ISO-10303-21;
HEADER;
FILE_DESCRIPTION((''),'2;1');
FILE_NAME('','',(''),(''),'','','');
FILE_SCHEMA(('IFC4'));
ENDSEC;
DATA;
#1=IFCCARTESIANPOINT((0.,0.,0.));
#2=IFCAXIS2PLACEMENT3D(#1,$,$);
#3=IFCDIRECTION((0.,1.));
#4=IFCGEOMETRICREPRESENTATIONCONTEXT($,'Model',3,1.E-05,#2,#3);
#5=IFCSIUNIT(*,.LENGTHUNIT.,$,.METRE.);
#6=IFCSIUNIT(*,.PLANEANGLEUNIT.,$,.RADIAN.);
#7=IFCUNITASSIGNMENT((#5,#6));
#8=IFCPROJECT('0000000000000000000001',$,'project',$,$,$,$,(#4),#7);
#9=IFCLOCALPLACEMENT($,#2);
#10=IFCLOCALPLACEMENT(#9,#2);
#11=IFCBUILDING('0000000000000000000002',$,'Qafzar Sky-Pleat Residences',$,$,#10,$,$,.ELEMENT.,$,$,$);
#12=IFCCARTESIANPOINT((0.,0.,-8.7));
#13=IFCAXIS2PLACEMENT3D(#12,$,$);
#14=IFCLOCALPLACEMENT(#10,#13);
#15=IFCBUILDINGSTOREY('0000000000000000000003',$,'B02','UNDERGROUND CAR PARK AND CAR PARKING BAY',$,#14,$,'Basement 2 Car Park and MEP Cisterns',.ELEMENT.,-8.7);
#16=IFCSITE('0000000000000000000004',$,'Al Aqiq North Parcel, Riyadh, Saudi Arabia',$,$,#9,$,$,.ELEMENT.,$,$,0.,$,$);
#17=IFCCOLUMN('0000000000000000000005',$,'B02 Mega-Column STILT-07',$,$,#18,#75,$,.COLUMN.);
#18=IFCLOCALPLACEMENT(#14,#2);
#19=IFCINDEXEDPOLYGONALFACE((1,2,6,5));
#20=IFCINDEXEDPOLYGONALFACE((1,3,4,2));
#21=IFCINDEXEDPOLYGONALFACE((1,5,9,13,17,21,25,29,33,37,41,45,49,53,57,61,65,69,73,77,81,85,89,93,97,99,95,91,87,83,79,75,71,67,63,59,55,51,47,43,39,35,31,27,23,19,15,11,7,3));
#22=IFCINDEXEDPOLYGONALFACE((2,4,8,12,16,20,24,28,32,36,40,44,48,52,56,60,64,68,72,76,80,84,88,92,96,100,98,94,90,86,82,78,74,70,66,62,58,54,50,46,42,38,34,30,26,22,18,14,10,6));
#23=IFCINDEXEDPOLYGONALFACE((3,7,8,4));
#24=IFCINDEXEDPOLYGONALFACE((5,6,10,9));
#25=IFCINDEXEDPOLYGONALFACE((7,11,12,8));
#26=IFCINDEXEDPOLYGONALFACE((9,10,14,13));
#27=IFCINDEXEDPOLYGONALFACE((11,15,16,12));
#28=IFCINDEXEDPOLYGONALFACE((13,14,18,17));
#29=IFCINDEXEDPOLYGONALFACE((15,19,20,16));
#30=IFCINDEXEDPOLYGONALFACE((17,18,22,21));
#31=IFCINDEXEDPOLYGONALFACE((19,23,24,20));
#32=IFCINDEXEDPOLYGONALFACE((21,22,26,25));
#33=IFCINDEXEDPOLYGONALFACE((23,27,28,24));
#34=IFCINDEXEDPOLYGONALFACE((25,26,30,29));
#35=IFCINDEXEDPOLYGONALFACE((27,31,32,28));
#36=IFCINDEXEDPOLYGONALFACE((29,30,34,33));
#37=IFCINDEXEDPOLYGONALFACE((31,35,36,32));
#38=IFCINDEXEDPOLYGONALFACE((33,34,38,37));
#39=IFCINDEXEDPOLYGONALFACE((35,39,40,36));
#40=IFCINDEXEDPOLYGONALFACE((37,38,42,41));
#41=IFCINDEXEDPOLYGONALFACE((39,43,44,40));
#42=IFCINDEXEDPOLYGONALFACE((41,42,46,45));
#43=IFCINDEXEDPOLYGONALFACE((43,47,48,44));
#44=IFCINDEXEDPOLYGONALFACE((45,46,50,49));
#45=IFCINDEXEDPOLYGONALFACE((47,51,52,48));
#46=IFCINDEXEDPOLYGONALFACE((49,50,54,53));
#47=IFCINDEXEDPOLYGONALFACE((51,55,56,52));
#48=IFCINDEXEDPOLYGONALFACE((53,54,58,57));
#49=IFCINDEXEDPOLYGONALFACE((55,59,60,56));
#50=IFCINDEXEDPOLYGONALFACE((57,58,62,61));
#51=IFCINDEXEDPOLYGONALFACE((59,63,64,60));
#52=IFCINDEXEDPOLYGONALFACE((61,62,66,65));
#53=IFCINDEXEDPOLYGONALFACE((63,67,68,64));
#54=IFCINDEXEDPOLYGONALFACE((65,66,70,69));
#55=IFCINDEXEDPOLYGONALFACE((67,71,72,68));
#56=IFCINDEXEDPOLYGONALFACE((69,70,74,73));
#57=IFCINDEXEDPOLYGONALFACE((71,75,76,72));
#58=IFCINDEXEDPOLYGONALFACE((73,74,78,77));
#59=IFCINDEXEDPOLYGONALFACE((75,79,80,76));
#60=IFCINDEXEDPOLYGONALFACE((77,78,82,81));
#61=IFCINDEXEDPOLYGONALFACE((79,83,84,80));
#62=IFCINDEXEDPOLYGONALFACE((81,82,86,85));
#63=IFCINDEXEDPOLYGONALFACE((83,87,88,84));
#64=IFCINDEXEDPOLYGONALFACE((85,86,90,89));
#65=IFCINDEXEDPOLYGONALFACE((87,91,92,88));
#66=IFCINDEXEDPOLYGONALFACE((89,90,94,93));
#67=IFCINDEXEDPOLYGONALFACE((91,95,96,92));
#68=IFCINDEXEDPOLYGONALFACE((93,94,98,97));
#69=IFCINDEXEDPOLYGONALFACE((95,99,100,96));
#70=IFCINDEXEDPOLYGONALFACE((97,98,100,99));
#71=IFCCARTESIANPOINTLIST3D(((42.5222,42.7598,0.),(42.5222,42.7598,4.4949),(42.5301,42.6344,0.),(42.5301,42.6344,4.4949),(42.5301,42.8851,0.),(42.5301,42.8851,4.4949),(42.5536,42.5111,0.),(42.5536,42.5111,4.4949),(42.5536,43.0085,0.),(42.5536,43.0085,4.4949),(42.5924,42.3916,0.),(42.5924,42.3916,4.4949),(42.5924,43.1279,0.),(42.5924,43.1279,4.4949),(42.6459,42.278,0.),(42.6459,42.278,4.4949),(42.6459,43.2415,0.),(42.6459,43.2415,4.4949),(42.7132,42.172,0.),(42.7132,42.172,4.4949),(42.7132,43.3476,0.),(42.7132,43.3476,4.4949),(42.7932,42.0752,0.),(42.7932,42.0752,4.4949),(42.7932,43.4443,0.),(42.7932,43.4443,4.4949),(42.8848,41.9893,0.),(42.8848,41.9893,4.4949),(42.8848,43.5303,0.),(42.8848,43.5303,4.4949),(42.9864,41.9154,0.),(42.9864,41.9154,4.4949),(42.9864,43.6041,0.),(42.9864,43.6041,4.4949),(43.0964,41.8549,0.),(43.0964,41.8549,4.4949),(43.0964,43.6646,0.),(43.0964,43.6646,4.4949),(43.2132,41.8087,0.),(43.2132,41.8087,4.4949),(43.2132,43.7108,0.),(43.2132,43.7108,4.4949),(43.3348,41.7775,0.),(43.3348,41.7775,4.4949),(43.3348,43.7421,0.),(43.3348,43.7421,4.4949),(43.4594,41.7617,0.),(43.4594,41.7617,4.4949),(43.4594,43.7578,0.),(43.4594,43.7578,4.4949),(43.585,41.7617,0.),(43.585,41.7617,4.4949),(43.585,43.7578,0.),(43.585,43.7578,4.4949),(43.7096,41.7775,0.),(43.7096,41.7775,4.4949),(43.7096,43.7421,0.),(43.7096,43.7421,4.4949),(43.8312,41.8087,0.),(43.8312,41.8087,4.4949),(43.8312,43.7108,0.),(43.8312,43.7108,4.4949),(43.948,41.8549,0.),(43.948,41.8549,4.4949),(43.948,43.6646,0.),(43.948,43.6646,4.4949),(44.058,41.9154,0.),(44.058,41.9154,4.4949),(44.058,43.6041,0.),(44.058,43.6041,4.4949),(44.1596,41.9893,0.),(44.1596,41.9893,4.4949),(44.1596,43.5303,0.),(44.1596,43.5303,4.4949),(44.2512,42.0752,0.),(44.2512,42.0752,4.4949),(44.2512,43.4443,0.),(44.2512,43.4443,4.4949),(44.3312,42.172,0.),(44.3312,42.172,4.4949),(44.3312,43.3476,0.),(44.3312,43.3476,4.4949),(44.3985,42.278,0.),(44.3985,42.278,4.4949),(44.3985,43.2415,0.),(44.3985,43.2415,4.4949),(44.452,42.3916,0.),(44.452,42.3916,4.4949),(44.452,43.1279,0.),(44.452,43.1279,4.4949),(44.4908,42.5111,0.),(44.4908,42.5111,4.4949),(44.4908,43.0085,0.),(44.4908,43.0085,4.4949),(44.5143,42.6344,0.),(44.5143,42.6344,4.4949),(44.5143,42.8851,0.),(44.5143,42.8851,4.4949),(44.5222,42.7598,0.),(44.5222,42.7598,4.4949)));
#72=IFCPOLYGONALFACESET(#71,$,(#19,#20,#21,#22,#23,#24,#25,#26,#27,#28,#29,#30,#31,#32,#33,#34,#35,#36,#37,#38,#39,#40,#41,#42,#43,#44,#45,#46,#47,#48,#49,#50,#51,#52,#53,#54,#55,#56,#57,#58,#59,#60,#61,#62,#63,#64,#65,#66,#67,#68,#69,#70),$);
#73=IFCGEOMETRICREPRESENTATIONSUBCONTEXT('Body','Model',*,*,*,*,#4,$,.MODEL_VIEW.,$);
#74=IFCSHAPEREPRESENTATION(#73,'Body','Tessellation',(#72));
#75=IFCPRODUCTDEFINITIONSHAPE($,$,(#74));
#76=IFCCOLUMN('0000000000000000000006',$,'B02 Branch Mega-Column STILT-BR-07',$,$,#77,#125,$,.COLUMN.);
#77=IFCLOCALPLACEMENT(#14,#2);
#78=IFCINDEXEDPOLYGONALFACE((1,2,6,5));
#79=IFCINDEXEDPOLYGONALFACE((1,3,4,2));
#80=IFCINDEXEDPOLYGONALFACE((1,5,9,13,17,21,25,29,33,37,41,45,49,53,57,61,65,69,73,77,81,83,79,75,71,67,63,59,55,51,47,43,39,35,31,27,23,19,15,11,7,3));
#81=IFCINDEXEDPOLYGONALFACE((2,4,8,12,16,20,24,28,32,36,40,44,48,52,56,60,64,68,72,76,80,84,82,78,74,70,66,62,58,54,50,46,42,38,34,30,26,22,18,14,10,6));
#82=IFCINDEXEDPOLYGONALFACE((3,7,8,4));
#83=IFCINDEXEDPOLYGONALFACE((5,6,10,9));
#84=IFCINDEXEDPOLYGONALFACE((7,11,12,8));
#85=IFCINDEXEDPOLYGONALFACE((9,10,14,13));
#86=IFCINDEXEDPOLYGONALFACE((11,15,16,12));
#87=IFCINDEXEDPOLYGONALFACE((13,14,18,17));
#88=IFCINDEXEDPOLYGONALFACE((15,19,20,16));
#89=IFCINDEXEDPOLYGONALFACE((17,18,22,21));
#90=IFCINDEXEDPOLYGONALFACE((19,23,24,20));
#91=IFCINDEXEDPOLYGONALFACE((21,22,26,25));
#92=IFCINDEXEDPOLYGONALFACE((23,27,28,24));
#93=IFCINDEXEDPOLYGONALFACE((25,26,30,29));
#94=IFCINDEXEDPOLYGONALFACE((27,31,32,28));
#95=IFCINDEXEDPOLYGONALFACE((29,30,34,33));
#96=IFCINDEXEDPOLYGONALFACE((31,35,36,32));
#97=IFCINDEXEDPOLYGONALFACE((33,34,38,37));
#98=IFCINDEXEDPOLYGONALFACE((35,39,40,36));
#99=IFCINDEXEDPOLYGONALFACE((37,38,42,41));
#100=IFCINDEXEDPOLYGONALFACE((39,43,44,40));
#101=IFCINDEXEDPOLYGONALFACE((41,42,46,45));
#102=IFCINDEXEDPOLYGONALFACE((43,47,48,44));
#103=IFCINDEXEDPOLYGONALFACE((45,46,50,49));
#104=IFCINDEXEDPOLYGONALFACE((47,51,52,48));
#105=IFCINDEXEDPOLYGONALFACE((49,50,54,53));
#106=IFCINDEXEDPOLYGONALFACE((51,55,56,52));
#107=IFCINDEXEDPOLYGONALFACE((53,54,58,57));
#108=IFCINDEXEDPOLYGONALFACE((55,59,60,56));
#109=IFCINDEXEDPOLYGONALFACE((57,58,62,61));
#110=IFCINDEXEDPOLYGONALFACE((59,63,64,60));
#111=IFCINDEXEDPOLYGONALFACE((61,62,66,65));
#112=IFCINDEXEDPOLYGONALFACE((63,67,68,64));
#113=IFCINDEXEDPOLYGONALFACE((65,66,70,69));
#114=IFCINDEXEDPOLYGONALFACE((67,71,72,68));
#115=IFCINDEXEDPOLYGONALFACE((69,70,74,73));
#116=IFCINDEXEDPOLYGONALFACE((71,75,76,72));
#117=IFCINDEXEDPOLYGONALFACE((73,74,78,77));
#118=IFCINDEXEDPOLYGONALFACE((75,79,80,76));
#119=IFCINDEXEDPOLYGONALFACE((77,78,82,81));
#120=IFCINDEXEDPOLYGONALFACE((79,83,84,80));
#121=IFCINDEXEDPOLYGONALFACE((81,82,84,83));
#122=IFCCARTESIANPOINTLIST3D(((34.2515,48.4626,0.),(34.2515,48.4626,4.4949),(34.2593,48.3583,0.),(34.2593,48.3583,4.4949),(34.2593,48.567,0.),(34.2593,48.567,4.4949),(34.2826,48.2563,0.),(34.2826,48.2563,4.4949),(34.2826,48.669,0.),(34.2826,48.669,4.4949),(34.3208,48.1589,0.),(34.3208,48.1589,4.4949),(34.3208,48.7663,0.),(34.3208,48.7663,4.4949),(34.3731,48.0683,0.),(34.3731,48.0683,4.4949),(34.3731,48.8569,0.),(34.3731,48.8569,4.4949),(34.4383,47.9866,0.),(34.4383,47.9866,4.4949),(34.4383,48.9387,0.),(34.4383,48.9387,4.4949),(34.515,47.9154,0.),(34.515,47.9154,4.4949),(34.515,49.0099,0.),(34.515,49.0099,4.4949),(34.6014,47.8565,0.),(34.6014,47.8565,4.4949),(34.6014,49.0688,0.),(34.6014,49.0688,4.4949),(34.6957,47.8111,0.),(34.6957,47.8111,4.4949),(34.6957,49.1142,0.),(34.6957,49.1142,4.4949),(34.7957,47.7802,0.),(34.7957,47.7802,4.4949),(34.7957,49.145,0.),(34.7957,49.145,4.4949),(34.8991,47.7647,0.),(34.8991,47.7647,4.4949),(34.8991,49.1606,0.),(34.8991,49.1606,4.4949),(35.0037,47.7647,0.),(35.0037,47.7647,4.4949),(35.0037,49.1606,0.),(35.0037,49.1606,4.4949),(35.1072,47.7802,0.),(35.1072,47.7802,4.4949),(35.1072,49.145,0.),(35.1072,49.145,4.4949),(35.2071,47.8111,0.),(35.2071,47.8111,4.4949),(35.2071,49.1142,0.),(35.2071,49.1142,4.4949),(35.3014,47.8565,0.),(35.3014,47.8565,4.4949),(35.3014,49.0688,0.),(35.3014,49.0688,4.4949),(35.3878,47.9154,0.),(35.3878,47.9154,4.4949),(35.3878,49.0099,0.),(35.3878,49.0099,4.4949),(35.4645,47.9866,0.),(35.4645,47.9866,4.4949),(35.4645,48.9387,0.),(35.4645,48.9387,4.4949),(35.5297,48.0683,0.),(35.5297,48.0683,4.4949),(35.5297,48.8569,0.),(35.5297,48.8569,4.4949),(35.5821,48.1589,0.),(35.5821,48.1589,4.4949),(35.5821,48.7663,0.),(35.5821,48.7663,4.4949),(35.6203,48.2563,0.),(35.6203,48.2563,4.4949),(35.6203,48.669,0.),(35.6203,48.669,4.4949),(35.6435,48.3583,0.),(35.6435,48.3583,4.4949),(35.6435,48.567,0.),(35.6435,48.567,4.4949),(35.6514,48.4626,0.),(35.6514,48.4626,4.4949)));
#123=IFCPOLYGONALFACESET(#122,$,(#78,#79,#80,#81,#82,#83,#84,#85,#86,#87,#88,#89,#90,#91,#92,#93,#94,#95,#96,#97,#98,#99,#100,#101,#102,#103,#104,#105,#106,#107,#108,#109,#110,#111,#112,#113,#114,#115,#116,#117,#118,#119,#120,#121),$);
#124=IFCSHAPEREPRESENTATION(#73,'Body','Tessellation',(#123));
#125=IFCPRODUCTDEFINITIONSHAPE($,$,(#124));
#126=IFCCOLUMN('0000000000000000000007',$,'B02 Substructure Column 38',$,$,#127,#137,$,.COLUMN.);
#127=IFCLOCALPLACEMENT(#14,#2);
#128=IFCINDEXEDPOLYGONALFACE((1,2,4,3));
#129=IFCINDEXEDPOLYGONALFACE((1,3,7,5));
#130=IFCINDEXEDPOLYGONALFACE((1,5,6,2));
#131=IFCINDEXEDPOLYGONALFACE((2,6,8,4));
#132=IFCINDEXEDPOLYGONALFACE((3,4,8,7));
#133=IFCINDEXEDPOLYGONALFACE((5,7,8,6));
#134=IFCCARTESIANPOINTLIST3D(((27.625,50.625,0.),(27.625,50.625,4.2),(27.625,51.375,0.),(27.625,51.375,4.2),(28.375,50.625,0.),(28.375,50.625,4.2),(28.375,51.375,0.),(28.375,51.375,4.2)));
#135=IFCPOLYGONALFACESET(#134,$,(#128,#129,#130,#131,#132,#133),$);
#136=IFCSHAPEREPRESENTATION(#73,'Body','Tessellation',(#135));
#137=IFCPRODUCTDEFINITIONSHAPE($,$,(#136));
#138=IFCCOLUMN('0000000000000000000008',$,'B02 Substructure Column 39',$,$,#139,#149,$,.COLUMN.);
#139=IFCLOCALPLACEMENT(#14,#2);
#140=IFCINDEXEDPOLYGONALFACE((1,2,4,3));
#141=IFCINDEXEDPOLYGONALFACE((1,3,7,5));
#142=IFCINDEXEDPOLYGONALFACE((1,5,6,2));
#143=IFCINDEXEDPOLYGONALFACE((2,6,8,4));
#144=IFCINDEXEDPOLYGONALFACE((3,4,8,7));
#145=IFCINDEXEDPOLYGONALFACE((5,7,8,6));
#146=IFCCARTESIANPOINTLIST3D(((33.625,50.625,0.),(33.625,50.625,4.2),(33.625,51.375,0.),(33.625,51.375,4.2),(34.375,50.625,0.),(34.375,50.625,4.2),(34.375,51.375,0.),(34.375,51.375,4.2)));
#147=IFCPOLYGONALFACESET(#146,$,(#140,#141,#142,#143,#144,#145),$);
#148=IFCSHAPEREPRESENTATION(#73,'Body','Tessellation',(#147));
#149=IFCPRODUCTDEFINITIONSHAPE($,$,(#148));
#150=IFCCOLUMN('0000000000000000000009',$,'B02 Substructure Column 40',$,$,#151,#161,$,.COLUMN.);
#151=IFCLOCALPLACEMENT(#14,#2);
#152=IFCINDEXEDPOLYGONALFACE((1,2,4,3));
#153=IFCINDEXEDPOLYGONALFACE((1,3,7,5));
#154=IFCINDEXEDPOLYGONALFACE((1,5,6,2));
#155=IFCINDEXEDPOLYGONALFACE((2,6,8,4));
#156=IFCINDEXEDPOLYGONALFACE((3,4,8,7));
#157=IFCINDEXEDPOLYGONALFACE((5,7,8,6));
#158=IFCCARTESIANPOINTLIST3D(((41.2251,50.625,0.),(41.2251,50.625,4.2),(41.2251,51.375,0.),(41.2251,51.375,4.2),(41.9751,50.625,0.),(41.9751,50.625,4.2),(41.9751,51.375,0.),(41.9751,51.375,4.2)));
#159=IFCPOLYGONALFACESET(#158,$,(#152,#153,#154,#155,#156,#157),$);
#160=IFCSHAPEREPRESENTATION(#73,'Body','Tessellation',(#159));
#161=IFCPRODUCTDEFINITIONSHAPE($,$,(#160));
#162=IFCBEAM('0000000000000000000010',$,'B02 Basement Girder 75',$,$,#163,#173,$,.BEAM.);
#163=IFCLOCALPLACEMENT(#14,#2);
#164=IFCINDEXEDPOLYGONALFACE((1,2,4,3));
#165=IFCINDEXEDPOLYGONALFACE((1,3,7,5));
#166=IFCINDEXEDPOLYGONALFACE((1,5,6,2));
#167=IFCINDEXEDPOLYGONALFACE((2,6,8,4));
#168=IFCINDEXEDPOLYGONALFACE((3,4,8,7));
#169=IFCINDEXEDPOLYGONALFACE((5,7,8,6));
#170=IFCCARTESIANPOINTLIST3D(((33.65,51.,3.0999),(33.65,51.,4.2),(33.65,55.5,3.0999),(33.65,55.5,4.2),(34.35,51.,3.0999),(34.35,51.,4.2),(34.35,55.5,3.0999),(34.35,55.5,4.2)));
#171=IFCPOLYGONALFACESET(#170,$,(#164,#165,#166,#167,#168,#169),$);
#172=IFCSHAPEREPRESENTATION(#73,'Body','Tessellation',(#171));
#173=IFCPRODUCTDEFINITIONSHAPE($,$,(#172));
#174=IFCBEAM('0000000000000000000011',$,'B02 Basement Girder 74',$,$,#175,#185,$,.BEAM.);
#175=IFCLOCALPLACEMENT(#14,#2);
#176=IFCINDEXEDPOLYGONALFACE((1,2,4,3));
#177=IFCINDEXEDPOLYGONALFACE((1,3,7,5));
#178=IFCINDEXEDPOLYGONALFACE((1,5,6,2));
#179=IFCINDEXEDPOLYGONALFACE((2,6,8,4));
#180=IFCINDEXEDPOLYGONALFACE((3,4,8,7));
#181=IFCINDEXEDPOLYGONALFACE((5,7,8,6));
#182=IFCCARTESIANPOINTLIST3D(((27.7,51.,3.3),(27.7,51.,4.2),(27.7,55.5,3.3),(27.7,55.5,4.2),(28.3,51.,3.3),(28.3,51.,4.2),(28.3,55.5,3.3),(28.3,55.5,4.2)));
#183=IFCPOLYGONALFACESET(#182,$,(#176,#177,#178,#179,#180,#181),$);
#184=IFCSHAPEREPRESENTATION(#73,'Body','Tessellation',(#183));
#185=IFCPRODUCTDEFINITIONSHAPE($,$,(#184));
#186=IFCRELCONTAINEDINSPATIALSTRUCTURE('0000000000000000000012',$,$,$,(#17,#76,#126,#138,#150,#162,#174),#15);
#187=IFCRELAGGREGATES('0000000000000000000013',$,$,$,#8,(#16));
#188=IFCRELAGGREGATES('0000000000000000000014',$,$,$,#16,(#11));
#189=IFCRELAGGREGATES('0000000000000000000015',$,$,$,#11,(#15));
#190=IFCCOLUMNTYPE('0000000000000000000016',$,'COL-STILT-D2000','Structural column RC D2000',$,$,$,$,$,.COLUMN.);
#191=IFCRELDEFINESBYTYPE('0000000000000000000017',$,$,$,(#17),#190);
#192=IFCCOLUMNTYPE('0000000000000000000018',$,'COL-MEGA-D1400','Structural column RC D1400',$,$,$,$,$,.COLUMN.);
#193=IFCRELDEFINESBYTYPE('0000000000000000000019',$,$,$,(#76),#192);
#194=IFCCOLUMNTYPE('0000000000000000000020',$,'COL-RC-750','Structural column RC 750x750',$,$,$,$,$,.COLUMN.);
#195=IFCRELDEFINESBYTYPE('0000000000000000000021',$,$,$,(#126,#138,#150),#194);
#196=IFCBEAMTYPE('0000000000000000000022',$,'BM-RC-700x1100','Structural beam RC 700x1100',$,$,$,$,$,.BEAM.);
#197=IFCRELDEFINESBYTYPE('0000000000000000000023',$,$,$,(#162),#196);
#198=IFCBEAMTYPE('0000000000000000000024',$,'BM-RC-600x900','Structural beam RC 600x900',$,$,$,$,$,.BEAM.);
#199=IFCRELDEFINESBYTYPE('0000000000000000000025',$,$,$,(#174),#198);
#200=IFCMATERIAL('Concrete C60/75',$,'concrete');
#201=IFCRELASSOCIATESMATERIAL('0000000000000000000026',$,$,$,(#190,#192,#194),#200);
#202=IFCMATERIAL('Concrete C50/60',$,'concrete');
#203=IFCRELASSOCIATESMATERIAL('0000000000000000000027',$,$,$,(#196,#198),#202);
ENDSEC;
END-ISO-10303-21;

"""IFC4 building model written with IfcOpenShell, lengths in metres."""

from ifc_helpers import new_model, si_unit, direction, frame, origin, origin_2d, place, context, subcontext, project, spatial, rectangle, circle, extrude, source, transform, mapped, material, material_profile, profile_set, type_object, element, save


model = new_model("IFC4")

# Units and contexts
model_context = context("Model", 3, precision=1e-05, world=origin(), true_north=direction((0.0, 1.0)))
body_context = subcontext(model_context, "Body", "Model", "MODEL_VIEW")
ifc_project = project(units=[si_unit("LENGTHUNIT", "METRE"), si_unit("PLANEANGLEUNIT", "RADIAN")], contexts=[model_context])

# Site, building, storey
site_placement = place(None, origin())
site = spatial("IfcSite", under=ifc_project, at=site_placement, Name="Al Aqiq North Parcel, Riyadh, Saudi Arabia", CompositionType="ELEMENT", RefElevation=0.0)
building_placement = place(site_placement, origin())
building = spatial("IfcBuilding", under=site, at=building_placement, Name="Qafzar Sky-Pleat Residences", CompositionType="ELEMENT")
storey_placement = place(building_placement, frame((0.0, 0.0, -8.7)))
storey = spatial("IfcBuildingStorey", under=building, at=storey_placement, Name="B02", Description="UNDERGROUND CAR PARK AND CAR PARKING BAY", LongName="Basement 2 Car Park and MEP Cisterns", CompositionType="ELEMENT", Elevation=-8.7)

# Shared definitions
ifc_material_1 = material(Name="Concrete C50/60", Category="concrete")

# Columns
ifc_material_2 = material(Name="Concrete C60/75", Category="concrete")
ifc_material_profile_1 = material_profile(ifc_material_2, circle(Radius=1.0, at=origin_2d()), Name="RC D2000")
ifc_profile_set_1 = profile_set([ifc_material_profile_1], Name="Concrete C60/75")
column_type_1 = type_object("IfcColumnType", Name="COL-STILT-D2000", Description="Structural column RC D2000", PredefinedType="COLUMN", material=ifc_profile_set_1)
shared_shape_1 = source(origin(), body_context, "Body", "SweptSolid", [
    extrude(circle(Radius=1.0, at=origin_2d()), origin(), (0.0, 0.0, 1.0), 4.4949),
])
column_1_placement = place(storey_placement, frame((43.5222, 42.7598, 0.0), z_axis=(0.0, 0.0, 1.0), x_axis=(1.0, 0.0, 0.0)))
element("IfcColumn", 1, at=column_1_placement, inside=storey, type_object=column_type_1, Name="B02 Mega-Column STILT-07", PredefinedType="COLUMN", context=body_context, shape_type="MappedRepresentation", body=[
    mapped(shared_shape_1, transform((0.0, 0.0, 0.0), x_axis=(1.0, 0.0, 0.0), y_axis=(0.0, 1.0, 0.0), z_axis=(0.0, 0.0, 1.0), scale=1.0)),
])
ifc_material_profile_2 = material_profile(ifc_material_2, circle(Radius=0.7, at=origin_2d()), Name="RC D1400")
ifc_profile_set_2 = profile_set([ifc_material_profile_2], Name="Concrete C60/75")
column_type_2 = type_object("IfcColumnType", Name="COL-MEGA-D1400", Description="Structural column RC D1400", PredefinedType="COLUMN", material=ifc_profile_set_2)
shared_shape_2 = source(origin(), body_context, "Body", "SweptSolid", [
    extrude(circle(Radius=0.7, at=origin_2d()), origin(), (0.0, 0.0, 1.0), 4.4949),
])
column_2_placement = place(storey_placement, frame((34.9514, 48.4626, 0.0), z_axis=(0.0, 0.0, 1.0), x_axis=(1.0, 0.0, 0.0)))
element("IfcColumn", 2, at=column_2_placement, inside=storey, type_object=column_type_2, Name="B02 Branch Mega-Column STILT-BR-07", PredefinedType="COLUMN", context=body_context, shape_type="MappedRepresentation", body=[
    mapped(shared_shape_2, transform((0.0, 0.0, 0.0), x_axis=(1.0, 0.0, 0.0), y_axis=(0.0, 1.0, 0.0), z_axis=(0.0, 0.0, 1.0), scale=1.0)),
])
ifc_material_profile_3 = material_profile(ifc_material_2, rectangle(XDim=0.75, YDim=0.75, at=origin_2d()), Name="RC 750x750")
ifc_profile_set_3 = profile_set([ifc_material_profile_3], Name="Concrete C60/75")
column_type_3 = type_object("IfcColumnType", Name="COL-RC-750", Description="Structural column RC 750x750", PredefinedType="COLUMN", material=ifc_profile_set_3)
shared_shape_3 = source(origin(), body_context, "Body", "SweptSolid", [
    extrude(rectangle(XDim=0.75, YDim=0.75, at=origin_2d()), origin(), (0.0, 0.0, 1.0), 4.2),
])
for number, where, z_axis, x_axis, name in (
    (3, (28.0, 51.0, 0.0), (0.0, 0.0, 1.0), (1.0, 0.0, 0.0), "B02 Substructure Column 38"),
    (4, (34.0, 51.0, 0.0), (0.0, 0.0, 1.0), (1.0, 0.0, 0.0), "B02 Substructure Column 39"),
    (5, (41.6001, 51.0, 0.0), (0.0, 0.0, 1.0), (1.0, 0.0, 0.0), "B02 Substructure Column 40"),
):
    element("IfcColumn", number, at=place(storey_placement, frame(where, z_axis=z_axis, x_axis=x_axis)), inside=storey, type_object=column_type_3, Name=name, PredefinedType="COLUMN", context=body_context, shape_type="MappedRepresentation", body=[
        mapped(shared_shape_3, transform((0.0, 0.0, 0.0), x_axis=(1.0, 0.0, 0.0), y_axis=(0.0, 1.0, 0.0), z_axis=(0.0, 0.0, 1.0), scale=1.0)),
    ])

# Beams
ifc_material_profile_4 = material_profile(ifc_material_1, rectangle(XDim=0.7, YDim=1.1001, at=origin_2d()), Name="RC 700x1100")
ifc_profile_set_4 = profile_set([ifc_material_profile_4], Name="Concrete C50/60")
beam_type_1 = type_object("IfcBeamType", Name="BM-RC-700x1100", Description="Structural beam RC 700x1100", PredefinedType="BEAM", material=ifc_profile_set_4)
shared_shape_4 = source(origin(), body_context, "Body", "SweptSolid", [
    extrude(rectangle(XDim=0.7, YDim=1.1001, at=origin_2d()), origin(), (0.0, 0.0, 1.0), 4.5),
])
beam_1_placement = place(storey_placement, frame((34.0, 51.0, 3.6499), z_axis=(0.0, 1.0, 0.0), x_axis=(-1.0, 0.0, 0.0)))
element("IfcBeam", 6, at=beam_1_placement, inside=storey, type_object=beam_type_1, Name="B02 Basement Girder 75", PredefinedType="BEAM", context=body_context, shape_type="MappedRepresentation", body=[
    mapped(shared_shape_4, transform((0.0, 0.0, 0.0), x_axis=(1.0, 0.0, 0.0), y_axis=(0.0, 1.0, 0.0), z_axis=(0.0, 0.0, 1.0), scale=1.0)),
])
ifc_material_profile_5 = material_profile(ifc_material_1, rectangle(XDim=0.6001, YDim=0.8999, at=origin_2d()), Name="RC 600x900")
ifc_profile_set_5 = profile_set([ifc_material_profile_5], Name="Concrete C50/60")
beam_type_2 = type_object("IfcBeamType", Name="BM-RC-600x900", Description="Structural beam RC 600x900", PredefinedType="BEAM", material=ifc_profile_set_5)
shared_shape_5 = source(origin(), body_context, "Body", "SweptSolid", [
    extrude(rectangle(XDim=0.6001, YDim=0.8999, at=origin_2d()), origin(), (0.0, 0.0, 1.0), 4.5),
])
for number, where, z_axis, x_axis, name in (
    (7, (28.0, 51.0, 3.75), (0.0, 1.0, 0.0), (-1.0, 0.0, 0.0), "B02 Basement Girder 74"),
):
    element("IfcBeam", number, at=place(storey_placement, frame(where, z_axis=z_axis, x_axis=x_axis)), inside=storey, type_object=beam_type_2, Name=name, PredefinedType="BEAM", context=body_context, shape_type="MappedRepresentation", body=[
        mapped(shared_shape_5, transform((0.0, 0.0, 0.0), x_axis=(1.0, 0.0, 0.0), y_axis=(0.0, 1.0, 0.0), z_axis=(0.0, 0.0, 1.0), scale=1.0)),
    ])

save(model, "model.ifc")
